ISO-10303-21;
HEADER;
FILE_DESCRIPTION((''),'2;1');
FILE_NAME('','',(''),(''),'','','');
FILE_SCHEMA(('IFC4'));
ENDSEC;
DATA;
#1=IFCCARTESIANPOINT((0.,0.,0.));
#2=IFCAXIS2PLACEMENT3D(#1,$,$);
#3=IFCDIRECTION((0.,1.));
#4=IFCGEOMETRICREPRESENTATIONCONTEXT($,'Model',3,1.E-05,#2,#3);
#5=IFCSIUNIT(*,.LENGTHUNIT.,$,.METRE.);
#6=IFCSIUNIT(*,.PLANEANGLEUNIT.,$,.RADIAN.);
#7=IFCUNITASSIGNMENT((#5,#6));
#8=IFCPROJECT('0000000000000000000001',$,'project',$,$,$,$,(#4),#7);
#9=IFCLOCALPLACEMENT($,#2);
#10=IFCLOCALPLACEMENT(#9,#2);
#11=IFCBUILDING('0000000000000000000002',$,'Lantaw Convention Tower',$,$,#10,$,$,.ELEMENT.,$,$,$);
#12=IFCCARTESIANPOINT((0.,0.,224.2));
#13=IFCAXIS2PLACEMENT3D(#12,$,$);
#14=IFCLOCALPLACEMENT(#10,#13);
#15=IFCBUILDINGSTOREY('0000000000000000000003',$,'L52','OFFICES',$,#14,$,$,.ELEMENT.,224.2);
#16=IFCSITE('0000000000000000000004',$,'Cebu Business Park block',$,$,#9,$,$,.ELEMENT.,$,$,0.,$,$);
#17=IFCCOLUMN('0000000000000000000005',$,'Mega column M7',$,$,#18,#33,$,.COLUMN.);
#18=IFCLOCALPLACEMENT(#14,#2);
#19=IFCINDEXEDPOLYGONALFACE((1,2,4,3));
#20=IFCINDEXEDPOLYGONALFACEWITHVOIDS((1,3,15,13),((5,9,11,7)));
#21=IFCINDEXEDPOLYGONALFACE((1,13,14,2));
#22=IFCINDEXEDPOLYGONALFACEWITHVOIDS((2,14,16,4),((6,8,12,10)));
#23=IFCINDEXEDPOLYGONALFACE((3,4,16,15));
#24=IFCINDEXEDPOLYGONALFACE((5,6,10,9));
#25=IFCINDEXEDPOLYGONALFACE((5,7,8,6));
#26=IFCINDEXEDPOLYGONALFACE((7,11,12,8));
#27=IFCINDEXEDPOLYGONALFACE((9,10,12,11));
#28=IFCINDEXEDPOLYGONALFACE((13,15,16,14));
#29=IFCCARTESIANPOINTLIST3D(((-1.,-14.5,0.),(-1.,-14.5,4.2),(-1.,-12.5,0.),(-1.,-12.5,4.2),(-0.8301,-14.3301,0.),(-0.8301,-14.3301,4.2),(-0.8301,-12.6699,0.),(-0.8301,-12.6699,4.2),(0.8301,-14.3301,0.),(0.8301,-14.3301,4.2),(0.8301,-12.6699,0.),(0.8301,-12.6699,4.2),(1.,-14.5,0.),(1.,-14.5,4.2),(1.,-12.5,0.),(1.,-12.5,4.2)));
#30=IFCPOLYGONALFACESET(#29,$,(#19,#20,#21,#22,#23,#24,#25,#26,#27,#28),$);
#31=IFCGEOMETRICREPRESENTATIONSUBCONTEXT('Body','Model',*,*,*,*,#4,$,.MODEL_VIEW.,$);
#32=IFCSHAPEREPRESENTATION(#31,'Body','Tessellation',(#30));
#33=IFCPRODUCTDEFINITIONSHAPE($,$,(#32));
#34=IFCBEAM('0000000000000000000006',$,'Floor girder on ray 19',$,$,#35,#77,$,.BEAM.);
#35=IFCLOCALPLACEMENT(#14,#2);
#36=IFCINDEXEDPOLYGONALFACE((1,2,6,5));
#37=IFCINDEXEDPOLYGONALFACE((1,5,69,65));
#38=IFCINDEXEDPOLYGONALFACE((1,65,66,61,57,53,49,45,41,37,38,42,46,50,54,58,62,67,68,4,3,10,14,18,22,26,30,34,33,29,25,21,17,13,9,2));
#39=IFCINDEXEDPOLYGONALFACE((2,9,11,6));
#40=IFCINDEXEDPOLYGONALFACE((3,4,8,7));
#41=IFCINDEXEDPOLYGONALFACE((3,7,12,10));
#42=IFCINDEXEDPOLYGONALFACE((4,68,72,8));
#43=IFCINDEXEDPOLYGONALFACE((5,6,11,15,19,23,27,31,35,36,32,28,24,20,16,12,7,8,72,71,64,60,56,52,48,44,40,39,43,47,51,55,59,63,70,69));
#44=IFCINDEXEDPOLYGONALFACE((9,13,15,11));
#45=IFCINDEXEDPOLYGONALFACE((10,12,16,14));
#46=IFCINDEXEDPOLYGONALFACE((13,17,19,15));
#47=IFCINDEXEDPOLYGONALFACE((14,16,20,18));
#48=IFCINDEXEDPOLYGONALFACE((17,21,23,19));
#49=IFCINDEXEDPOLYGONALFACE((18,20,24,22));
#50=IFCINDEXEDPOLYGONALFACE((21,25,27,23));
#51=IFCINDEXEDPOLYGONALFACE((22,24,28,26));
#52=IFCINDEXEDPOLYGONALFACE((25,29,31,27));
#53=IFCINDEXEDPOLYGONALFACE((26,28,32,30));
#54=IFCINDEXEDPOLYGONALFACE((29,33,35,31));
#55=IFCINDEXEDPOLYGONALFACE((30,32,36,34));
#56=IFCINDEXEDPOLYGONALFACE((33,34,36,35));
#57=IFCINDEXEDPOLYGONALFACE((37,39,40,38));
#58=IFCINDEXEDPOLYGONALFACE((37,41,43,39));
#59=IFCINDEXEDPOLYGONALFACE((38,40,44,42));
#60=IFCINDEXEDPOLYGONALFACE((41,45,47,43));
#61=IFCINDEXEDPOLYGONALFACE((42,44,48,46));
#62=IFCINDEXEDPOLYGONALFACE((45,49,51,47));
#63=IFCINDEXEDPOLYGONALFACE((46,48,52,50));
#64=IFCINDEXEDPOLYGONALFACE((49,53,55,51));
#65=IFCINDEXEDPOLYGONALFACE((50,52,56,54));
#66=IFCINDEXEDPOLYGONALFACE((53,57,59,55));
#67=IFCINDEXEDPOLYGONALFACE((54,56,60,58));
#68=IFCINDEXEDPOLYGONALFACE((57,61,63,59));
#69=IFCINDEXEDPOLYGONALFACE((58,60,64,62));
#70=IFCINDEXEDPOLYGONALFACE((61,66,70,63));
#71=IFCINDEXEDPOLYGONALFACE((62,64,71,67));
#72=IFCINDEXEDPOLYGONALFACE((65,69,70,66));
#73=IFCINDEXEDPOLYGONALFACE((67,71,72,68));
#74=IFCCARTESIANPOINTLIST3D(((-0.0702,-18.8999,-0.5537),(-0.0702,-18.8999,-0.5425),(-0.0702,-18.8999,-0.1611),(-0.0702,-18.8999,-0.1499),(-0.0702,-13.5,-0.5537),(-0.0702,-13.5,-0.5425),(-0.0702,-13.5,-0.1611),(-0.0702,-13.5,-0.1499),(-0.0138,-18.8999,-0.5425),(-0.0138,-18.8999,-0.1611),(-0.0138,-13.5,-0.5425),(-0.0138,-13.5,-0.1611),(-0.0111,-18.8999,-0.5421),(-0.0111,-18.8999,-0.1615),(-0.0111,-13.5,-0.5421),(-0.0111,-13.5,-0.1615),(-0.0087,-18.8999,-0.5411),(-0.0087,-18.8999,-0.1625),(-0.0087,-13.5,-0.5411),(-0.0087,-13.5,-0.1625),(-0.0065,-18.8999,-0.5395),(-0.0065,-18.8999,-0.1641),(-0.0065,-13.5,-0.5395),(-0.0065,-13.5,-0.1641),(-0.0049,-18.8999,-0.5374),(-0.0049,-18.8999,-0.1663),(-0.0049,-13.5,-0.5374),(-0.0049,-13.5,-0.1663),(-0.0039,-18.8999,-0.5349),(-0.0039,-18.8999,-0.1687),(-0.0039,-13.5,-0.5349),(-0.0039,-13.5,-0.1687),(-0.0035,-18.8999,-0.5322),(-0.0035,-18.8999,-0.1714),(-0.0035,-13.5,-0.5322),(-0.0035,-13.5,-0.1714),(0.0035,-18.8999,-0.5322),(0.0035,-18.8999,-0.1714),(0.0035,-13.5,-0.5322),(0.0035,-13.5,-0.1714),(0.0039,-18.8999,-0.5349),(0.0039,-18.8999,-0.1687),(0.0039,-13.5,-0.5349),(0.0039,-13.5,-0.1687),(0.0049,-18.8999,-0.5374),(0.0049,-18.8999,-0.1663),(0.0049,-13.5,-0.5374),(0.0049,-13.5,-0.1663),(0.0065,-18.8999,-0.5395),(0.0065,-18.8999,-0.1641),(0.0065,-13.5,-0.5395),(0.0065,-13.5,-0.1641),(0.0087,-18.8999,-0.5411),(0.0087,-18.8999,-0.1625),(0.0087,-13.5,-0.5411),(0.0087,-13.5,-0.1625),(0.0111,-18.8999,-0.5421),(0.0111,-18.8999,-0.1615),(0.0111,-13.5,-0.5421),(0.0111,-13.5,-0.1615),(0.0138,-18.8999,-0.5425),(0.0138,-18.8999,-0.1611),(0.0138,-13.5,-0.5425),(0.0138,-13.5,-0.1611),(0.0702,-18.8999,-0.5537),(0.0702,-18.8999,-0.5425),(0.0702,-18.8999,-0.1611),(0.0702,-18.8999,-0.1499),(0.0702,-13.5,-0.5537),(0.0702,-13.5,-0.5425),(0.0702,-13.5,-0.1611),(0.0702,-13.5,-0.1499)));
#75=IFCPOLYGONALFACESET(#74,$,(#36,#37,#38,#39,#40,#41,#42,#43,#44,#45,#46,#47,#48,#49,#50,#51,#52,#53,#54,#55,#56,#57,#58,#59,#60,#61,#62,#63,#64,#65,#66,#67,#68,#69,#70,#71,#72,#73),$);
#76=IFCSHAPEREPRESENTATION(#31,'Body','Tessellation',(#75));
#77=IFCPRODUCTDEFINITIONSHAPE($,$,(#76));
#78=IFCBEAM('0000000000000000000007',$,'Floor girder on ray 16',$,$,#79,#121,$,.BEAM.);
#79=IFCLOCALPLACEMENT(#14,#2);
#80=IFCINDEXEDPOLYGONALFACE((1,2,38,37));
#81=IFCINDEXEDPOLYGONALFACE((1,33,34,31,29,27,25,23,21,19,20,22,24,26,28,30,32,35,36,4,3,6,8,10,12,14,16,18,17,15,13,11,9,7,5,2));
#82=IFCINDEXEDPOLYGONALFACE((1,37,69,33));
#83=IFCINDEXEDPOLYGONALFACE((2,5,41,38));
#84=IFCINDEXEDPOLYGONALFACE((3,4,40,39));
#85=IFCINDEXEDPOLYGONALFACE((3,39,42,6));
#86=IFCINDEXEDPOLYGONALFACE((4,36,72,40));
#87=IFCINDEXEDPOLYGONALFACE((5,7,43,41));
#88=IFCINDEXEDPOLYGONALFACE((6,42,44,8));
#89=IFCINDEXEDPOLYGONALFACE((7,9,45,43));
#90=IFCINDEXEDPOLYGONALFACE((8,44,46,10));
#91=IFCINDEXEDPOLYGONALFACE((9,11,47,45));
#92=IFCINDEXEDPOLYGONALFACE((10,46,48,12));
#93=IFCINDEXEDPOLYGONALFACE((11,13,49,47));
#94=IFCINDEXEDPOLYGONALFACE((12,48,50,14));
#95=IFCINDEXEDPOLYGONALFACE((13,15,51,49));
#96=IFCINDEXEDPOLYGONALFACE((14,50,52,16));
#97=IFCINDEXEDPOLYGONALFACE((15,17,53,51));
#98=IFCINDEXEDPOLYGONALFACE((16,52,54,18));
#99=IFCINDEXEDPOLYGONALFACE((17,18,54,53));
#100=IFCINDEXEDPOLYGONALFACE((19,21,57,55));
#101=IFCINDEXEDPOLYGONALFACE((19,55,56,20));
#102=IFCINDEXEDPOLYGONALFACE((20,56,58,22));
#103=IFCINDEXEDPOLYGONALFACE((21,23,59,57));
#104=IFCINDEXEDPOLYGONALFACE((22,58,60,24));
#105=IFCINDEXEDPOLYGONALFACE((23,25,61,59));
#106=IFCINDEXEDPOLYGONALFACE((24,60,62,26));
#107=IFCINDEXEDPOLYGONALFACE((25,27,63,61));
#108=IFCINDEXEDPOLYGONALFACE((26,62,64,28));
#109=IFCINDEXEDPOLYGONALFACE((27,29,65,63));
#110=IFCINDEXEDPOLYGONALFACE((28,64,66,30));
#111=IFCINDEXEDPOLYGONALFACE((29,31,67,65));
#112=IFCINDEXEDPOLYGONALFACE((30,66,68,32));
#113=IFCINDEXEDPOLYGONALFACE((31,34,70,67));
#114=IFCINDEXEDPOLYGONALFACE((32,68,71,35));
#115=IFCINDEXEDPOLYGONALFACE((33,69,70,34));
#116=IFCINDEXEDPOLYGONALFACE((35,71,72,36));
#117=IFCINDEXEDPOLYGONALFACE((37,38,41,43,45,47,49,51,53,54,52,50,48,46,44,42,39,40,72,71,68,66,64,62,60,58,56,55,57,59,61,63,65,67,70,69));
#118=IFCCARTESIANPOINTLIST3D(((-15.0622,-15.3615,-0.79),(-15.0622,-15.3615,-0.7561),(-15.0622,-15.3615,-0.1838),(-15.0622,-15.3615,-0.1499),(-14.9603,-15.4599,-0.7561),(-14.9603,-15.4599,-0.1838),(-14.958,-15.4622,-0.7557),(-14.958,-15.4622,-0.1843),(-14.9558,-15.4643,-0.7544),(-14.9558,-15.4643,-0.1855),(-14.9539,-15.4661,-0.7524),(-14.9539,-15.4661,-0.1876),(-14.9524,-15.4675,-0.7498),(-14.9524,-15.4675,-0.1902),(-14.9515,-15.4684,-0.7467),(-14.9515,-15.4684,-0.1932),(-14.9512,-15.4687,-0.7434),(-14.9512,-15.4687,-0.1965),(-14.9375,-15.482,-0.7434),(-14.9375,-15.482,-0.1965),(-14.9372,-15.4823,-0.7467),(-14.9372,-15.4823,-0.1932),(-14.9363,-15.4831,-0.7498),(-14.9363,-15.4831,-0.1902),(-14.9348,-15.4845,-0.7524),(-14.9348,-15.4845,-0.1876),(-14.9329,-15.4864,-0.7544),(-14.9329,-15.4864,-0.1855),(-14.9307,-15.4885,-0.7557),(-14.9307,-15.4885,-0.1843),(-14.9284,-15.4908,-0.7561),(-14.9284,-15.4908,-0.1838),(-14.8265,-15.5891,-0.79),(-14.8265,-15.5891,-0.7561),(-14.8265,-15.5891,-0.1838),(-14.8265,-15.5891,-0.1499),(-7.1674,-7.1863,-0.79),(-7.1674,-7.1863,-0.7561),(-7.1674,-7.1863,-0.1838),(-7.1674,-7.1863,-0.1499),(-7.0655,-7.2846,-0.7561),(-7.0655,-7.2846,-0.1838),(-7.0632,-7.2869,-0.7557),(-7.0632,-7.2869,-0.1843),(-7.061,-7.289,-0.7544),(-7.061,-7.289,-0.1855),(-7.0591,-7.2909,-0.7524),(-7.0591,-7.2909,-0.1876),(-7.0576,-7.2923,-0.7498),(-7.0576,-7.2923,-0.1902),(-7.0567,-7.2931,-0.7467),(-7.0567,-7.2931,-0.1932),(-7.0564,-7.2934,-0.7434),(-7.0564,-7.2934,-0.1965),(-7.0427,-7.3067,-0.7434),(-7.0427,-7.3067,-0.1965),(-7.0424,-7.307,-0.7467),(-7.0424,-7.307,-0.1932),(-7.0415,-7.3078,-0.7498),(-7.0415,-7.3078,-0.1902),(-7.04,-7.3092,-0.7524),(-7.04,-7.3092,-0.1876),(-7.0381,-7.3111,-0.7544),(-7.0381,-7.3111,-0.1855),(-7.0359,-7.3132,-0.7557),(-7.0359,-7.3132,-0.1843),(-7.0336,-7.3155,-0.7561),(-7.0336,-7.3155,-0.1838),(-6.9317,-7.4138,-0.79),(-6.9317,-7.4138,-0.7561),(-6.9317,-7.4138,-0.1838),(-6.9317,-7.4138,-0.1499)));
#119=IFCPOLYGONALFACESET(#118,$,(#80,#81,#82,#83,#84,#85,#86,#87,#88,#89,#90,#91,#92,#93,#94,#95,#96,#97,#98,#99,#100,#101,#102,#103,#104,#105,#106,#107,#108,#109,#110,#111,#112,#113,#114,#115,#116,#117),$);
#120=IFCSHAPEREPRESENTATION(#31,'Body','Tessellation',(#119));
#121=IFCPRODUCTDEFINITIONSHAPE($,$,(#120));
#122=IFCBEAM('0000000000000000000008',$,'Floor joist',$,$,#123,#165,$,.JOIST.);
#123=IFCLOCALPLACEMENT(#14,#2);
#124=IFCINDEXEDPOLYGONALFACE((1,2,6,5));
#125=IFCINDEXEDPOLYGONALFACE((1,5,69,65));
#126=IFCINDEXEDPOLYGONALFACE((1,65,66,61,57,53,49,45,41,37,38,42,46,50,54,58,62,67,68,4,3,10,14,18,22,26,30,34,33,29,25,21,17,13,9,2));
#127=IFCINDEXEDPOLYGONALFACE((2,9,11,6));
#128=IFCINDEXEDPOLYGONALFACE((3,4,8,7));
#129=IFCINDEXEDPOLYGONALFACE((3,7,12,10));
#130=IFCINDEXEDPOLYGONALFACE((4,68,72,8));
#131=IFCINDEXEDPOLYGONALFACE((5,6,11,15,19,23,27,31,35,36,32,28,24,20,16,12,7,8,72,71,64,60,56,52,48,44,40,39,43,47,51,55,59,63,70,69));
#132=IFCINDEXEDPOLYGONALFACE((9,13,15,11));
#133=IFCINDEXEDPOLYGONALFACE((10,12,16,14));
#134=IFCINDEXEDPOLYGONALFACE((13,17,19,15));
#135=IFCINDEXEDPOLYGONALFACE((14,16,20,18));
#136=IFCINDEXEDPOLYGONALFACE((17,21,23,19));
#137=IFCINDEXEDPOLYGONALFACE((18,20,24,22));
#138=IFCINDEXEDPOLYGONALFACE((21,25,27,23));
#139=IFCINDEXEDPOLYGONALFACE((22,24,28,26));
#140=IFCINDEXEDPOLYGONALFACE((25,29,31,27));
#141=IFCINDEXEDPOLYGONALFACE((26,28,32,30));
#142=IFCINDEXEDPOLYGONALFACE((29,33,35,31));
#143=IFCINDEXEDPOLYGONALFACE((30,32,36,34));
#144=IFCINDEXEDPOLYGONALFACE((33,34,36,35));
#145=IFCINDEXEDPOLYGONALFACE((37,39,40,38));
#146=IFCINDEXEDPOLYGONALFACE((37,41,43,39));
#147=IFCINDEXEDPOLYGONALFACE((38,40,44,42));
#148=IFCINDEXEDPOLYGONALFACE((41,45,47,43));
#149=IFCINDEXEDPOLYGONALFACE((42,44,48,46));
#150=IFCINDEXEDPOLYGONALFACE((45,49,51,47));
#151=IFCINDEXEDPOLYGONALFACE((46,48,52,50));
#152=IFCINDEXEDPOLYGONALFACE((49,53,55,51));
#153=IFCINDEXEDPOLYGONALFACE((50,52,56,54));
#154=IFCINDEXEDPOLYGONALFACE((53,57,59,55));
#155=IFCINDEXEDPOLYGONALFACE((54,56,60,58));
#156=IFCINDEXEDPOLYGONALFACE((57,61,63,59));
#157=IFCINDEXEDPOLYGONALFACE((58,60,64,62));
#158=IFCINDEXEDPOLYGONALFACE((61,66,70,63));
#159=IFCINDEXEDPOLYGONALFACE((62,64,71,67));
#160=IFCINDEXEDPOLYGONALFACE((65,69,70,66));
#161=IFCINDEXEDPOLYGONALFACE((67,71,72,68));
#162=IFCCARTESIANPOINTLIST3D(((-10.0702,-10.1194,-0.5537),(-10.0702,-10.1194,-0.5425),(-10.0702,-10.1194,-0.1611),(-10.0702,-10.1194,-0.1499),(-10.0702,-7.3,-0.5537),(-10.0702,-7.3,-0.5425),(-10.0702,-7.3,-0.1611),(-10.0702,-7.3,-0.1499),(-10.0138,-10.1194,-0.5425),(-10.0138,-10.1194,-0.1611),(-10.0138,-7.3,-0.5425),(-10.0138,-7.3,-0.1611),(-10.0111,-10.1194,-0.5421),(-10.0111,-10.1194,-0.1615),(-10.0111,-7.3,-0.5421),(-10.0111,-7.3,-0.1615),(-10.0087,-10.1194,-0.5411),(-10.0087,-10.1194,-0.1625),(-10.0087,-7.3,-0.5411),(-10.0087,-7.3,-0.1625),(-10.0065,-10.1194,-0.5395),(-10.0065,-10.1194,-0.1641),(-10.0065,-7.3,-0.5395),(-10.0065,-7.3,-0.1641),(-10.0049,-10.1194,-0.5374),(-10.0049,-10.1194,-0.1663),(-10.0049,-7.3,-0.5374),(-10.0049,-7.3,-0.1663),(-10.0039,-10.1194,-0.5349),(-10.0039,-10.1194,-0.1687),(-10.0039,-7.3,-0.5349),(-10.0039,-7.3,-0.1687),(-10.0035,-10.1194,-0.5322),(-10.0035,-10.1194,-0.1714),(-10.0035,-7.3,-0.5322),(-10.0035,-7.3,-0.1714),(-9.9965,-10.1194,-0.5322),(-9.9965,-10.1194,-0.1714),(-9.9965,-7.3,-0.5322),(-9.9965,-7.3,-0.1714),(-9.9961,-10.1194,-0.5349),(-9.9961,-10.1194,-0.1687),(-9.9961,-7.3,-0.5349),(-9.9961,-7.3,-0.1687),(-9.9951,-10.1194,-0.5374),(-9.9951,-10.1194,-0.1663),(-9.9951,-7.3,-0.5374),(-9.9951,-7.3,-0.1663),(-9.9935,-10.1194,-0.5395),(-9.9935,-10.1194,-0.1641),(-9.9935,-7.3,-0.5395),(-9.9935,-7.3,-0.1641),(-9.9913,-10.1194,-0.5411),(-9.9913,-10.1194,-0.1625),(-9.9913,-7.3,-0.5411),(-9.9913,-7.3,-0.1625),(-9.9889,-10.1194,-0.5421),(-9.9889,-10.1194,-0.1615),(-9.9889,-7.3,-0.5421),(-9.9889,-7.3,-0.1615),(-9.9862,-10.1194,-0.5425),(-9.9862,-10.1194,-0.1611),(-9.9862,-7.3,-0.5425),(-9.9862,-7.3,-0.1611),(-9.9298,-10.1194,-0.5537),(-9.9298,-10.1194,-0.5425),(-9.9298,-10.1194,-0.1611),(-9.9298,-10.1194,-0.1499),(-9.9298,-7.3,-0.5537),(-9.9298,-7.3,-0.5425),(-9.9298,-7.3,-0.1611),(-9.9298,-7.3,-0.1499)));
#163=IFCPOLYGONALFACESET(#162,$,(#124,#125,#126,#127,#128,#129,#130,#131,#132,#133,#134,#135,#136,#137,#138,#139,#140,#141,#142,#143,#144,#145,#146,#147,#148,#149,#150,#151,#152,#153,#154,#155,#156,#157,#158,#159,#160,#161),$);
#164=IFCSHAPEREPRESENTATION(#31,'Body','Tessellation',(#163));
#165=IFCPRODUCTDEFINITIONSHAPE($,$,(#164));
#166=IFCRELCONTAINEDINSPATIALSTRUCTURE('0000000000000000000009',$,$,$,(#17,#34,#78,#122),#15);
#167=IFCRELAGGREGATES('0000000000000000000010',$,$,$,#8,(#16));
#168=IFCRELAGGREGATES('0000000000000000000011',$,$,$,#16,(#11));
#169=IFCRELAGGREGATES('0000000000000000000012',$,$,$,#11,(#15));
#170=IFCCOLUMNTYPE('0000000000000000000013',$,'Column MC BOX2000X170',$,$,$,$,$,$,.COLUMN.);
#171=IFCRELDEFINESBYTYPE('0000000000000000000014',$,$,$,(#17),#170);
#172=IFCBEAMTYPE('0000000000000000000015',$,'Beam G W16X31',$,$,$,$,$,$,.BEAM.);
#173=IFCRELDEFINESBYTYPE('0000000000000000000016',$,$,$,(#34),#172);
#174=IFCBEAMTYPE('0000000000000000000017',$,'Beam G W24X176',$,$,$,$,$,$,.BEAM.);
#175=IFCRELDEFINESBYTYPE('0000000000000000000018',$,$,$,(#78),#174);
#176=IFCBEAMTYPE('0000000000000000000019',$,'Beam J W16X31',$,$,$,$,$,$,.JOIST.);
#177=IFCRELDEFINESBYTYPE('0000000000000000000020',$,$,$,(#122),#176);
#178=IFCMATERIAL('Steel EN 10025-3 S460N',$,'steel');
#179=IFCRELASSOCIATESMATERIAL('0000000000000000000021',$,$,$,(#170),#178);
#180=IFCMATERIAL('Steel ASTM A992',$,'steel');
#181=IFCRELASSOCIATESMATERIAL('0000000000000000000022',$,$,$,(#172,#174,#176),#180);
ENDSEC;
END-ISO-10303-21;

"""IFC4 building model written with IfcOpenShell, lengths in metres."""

from ifc_helpers import new_model, si_unit, direction, frame, origin, origin_2d, place, context, subcontext, project, spatial, rectangle, hollow_rectangle, i_section, extrude, material, material_profile, profile_set, type_object, element, save


model = new_model("IFC4")

# Units and contexts
model_context = context("Model", 3, precision=1e-05, world=origin(), true_north=direction((0.0, 1.0)))
body_context = subcontext(model_context, "Body", "Model", "MODEL_VIEW")
ifc_project = project(units=[si_unit("LENGTHUNIT", "METRE"), si_unit("PLANEANGLEUNIT", "RADIAN")], contexts=[model_context])

# Site, building, storey
site_placement = place(None, origin())
site = spatial("IfcSite", under=ifc_project, at=site_placement, Name="Cebu Business Park block", CompositionType="ELEMENT", RefElevation=0.0)
building_placement = place(site_placement, origin())
building = spatial("IfcBuilding", under=site, at=building_placement, Name="Lantaw Convention Tower", CompositionType="ELEMENT")
storey_placement = place(building_placement, frame((0.0, 0.0, 224.2)))
storey = spatial("IfcBuildingStorey", under=building, at=storey_placement, Name="L52", Description="OFFICES", CompositionType="ELEMENT", Elevation=224.2)

# Column
ifc_material_1 = material(Name="Steel EN 10025-3 S460N", Category="steel")
ifc_material_profile_1 = material_profile(ifc_material_1, hollow_rectangle(XDim=2.0, YDim=2.0, WallThickness=0.1699, at=origin_2d()), Name="BOX2000X170")
ifc_material_2 = material(Name="Concrete C60/75", Category="concrete")
ifc_material_profile_2 = material_profile(ifc_material_2, rectangle(XDim=1.6599, YDim=1.6599, at=origin_2d()), Name="Concrete fill of BOX2000X170")
ifc_profile_set_1 = profile_set([ifc_material_profile_1, ifc_material_profile_2], Name="Steel EN 10025-3 S460N")
column_type = type_object("IfcColumnType", Name="Column MC BOX2000X170", PredefinedType="COLUMN", material=ifc_profile_set_1)
column_placement = place(storey_placement, frame((0.0, -13.5, 0.0), z_axis=(0.0, 0.0, 1.0), x_axis=(1.0, 0.0, 0.0)))
element("IfcColumn", 1, at=column_placement, inside=storey, type_object=column_type, Name="Mega column M7", PredefinedType="COLUMN", context=body_context, shape_type="SweptSolid", body=[
    extrude(hollow_rectangle(XDim=2.0, YDim=2.0, WallThickness=0.1699, at=origin_2d()), origin(), (0.0, 0.0, 1.0), 4.2),
])

# Beams
ifc_material_3 = material(Name="Steel ASTM A992", Category="steel")
ifc_material_profile_3 = material_profile(ifc_material_3, i_section(OverallWidth=0.1404, OverallDepth=0.4038, WebThickness=0.0071, FlangeThickness=0.0112, FilletRadius=0.0103, at=origin_2d()), Name="W16X31")
ifc_profile_set_2 = profile_set([ifc_material_profile_3], Name="Steel ASTM A992")
beam_type_1 = type_object("IfcBeamType", Name="Beam G W16X31", PredefinedType="BEAM", material=ifc_profile_set_2)
beam_1_placement = place(storey_placement, frame((0.0, -13.5, -0.3518), z_axis=(0.0, -1.0, 0.0), x_axis=(1.0, 0.0, 0.0)))
element("IfcBeam", 2, at=beam_1_placement, inside=storey, type_object=beam_type_1, Name="Floor girder on ray 19", PredefinedType="BEAM", context=body_context, shape_type="SweptSolid", body=[
    extrude(i_section(OverallWidth=0.1404, OverallDepth=0.4038, WebThickness=0.0071, FlangeThickness=0.0112, FilletRadius=0.0103, at=origin_2d()), origin(), (0.0, 0.0, 1.0), 5.3999),
])
ifc_material_profile_4 = material_profile(ifc_material_3, i_section(OverallWidth=0.3276, OverallDepth=0.6401, WebThickness=0.019, FlangeThickness=0.0339, FilletRadius=0.0127, at=origin_2d()), Name="W24X176")
ifc_profile_set_3 = profile_set([ifc_material_profile_4], Name="Steel ASTM A992")
beam_type_2 = type_object("IfcBeamType", Name="Beam G W24X176", PredefinedType="BEAM", material=ifc_profile_set_3)
beam_2_placement = place(storey_placement, frame((-7.0496, -7.3, -0.47), z_axis=(-0.694658, -0.71934, 0.0), x_axis=(0.71934, -0.694658, 0.0)))
element("IfcBeam", 3, at=beam_2_placement, inside=storey, type_object=beam_type_2, Name="Floor girder on ray 16", PredefinedType="BEAM", context=body_context, shape_type="SweptSolid", body=[
    extrude(i_section(OverallWidth=0.3276, OverallDepth=0.6401, WebThickness=0.019, FlangeThickness=0.0339, FilletRadius=0.0127, at=origin_2d()), origin(), (0.0, 0.0, 1.0), 11.365),
])
ifc_material_profile_5 = material_profile(ifc_material_3, i_section(OverallWidth=0.1404, OverallDepth=0.4038, WebThickness=0.0071, FlangeThickness=0.0112, FilletRadius=0.0103, at=origin_2d()), Name="W16X31")
ifc_profile_set_4 = profile_set([ifc_material_profile_5], Name="Steel ASTM A992")
beam_type_3 = type_object("IfcBeamType", Name="Beam J W16X31", PredefinedType="JOIST", material=ifc_profile_set_4)
beam_3_placement = place(storey_placement, frame((-10.0, -10.1194, -0.3518), z_axis=(0.0, 1.0, 0.0), x_axis=(-1.0, 0.0, 0.0)))
element("IfcBeam", 4, at=beam_3_placement, inside=storey, type_object=beam_type_3, Name="Floor joist", PredefinedType="JOIST", context=body_context, shape_type="SweptSolid", body=[
    extrude(i_section(OverallWidth=0.1404, OverallDepth=0.4038, WebThickness=0.0071, FlangeThickness=0.0112, FilletRadius=0.0103, at=origin_2d()), origin(), (0.0, 0.0, 1.0), 2.8193),
])

save(model, "model.ifc")
